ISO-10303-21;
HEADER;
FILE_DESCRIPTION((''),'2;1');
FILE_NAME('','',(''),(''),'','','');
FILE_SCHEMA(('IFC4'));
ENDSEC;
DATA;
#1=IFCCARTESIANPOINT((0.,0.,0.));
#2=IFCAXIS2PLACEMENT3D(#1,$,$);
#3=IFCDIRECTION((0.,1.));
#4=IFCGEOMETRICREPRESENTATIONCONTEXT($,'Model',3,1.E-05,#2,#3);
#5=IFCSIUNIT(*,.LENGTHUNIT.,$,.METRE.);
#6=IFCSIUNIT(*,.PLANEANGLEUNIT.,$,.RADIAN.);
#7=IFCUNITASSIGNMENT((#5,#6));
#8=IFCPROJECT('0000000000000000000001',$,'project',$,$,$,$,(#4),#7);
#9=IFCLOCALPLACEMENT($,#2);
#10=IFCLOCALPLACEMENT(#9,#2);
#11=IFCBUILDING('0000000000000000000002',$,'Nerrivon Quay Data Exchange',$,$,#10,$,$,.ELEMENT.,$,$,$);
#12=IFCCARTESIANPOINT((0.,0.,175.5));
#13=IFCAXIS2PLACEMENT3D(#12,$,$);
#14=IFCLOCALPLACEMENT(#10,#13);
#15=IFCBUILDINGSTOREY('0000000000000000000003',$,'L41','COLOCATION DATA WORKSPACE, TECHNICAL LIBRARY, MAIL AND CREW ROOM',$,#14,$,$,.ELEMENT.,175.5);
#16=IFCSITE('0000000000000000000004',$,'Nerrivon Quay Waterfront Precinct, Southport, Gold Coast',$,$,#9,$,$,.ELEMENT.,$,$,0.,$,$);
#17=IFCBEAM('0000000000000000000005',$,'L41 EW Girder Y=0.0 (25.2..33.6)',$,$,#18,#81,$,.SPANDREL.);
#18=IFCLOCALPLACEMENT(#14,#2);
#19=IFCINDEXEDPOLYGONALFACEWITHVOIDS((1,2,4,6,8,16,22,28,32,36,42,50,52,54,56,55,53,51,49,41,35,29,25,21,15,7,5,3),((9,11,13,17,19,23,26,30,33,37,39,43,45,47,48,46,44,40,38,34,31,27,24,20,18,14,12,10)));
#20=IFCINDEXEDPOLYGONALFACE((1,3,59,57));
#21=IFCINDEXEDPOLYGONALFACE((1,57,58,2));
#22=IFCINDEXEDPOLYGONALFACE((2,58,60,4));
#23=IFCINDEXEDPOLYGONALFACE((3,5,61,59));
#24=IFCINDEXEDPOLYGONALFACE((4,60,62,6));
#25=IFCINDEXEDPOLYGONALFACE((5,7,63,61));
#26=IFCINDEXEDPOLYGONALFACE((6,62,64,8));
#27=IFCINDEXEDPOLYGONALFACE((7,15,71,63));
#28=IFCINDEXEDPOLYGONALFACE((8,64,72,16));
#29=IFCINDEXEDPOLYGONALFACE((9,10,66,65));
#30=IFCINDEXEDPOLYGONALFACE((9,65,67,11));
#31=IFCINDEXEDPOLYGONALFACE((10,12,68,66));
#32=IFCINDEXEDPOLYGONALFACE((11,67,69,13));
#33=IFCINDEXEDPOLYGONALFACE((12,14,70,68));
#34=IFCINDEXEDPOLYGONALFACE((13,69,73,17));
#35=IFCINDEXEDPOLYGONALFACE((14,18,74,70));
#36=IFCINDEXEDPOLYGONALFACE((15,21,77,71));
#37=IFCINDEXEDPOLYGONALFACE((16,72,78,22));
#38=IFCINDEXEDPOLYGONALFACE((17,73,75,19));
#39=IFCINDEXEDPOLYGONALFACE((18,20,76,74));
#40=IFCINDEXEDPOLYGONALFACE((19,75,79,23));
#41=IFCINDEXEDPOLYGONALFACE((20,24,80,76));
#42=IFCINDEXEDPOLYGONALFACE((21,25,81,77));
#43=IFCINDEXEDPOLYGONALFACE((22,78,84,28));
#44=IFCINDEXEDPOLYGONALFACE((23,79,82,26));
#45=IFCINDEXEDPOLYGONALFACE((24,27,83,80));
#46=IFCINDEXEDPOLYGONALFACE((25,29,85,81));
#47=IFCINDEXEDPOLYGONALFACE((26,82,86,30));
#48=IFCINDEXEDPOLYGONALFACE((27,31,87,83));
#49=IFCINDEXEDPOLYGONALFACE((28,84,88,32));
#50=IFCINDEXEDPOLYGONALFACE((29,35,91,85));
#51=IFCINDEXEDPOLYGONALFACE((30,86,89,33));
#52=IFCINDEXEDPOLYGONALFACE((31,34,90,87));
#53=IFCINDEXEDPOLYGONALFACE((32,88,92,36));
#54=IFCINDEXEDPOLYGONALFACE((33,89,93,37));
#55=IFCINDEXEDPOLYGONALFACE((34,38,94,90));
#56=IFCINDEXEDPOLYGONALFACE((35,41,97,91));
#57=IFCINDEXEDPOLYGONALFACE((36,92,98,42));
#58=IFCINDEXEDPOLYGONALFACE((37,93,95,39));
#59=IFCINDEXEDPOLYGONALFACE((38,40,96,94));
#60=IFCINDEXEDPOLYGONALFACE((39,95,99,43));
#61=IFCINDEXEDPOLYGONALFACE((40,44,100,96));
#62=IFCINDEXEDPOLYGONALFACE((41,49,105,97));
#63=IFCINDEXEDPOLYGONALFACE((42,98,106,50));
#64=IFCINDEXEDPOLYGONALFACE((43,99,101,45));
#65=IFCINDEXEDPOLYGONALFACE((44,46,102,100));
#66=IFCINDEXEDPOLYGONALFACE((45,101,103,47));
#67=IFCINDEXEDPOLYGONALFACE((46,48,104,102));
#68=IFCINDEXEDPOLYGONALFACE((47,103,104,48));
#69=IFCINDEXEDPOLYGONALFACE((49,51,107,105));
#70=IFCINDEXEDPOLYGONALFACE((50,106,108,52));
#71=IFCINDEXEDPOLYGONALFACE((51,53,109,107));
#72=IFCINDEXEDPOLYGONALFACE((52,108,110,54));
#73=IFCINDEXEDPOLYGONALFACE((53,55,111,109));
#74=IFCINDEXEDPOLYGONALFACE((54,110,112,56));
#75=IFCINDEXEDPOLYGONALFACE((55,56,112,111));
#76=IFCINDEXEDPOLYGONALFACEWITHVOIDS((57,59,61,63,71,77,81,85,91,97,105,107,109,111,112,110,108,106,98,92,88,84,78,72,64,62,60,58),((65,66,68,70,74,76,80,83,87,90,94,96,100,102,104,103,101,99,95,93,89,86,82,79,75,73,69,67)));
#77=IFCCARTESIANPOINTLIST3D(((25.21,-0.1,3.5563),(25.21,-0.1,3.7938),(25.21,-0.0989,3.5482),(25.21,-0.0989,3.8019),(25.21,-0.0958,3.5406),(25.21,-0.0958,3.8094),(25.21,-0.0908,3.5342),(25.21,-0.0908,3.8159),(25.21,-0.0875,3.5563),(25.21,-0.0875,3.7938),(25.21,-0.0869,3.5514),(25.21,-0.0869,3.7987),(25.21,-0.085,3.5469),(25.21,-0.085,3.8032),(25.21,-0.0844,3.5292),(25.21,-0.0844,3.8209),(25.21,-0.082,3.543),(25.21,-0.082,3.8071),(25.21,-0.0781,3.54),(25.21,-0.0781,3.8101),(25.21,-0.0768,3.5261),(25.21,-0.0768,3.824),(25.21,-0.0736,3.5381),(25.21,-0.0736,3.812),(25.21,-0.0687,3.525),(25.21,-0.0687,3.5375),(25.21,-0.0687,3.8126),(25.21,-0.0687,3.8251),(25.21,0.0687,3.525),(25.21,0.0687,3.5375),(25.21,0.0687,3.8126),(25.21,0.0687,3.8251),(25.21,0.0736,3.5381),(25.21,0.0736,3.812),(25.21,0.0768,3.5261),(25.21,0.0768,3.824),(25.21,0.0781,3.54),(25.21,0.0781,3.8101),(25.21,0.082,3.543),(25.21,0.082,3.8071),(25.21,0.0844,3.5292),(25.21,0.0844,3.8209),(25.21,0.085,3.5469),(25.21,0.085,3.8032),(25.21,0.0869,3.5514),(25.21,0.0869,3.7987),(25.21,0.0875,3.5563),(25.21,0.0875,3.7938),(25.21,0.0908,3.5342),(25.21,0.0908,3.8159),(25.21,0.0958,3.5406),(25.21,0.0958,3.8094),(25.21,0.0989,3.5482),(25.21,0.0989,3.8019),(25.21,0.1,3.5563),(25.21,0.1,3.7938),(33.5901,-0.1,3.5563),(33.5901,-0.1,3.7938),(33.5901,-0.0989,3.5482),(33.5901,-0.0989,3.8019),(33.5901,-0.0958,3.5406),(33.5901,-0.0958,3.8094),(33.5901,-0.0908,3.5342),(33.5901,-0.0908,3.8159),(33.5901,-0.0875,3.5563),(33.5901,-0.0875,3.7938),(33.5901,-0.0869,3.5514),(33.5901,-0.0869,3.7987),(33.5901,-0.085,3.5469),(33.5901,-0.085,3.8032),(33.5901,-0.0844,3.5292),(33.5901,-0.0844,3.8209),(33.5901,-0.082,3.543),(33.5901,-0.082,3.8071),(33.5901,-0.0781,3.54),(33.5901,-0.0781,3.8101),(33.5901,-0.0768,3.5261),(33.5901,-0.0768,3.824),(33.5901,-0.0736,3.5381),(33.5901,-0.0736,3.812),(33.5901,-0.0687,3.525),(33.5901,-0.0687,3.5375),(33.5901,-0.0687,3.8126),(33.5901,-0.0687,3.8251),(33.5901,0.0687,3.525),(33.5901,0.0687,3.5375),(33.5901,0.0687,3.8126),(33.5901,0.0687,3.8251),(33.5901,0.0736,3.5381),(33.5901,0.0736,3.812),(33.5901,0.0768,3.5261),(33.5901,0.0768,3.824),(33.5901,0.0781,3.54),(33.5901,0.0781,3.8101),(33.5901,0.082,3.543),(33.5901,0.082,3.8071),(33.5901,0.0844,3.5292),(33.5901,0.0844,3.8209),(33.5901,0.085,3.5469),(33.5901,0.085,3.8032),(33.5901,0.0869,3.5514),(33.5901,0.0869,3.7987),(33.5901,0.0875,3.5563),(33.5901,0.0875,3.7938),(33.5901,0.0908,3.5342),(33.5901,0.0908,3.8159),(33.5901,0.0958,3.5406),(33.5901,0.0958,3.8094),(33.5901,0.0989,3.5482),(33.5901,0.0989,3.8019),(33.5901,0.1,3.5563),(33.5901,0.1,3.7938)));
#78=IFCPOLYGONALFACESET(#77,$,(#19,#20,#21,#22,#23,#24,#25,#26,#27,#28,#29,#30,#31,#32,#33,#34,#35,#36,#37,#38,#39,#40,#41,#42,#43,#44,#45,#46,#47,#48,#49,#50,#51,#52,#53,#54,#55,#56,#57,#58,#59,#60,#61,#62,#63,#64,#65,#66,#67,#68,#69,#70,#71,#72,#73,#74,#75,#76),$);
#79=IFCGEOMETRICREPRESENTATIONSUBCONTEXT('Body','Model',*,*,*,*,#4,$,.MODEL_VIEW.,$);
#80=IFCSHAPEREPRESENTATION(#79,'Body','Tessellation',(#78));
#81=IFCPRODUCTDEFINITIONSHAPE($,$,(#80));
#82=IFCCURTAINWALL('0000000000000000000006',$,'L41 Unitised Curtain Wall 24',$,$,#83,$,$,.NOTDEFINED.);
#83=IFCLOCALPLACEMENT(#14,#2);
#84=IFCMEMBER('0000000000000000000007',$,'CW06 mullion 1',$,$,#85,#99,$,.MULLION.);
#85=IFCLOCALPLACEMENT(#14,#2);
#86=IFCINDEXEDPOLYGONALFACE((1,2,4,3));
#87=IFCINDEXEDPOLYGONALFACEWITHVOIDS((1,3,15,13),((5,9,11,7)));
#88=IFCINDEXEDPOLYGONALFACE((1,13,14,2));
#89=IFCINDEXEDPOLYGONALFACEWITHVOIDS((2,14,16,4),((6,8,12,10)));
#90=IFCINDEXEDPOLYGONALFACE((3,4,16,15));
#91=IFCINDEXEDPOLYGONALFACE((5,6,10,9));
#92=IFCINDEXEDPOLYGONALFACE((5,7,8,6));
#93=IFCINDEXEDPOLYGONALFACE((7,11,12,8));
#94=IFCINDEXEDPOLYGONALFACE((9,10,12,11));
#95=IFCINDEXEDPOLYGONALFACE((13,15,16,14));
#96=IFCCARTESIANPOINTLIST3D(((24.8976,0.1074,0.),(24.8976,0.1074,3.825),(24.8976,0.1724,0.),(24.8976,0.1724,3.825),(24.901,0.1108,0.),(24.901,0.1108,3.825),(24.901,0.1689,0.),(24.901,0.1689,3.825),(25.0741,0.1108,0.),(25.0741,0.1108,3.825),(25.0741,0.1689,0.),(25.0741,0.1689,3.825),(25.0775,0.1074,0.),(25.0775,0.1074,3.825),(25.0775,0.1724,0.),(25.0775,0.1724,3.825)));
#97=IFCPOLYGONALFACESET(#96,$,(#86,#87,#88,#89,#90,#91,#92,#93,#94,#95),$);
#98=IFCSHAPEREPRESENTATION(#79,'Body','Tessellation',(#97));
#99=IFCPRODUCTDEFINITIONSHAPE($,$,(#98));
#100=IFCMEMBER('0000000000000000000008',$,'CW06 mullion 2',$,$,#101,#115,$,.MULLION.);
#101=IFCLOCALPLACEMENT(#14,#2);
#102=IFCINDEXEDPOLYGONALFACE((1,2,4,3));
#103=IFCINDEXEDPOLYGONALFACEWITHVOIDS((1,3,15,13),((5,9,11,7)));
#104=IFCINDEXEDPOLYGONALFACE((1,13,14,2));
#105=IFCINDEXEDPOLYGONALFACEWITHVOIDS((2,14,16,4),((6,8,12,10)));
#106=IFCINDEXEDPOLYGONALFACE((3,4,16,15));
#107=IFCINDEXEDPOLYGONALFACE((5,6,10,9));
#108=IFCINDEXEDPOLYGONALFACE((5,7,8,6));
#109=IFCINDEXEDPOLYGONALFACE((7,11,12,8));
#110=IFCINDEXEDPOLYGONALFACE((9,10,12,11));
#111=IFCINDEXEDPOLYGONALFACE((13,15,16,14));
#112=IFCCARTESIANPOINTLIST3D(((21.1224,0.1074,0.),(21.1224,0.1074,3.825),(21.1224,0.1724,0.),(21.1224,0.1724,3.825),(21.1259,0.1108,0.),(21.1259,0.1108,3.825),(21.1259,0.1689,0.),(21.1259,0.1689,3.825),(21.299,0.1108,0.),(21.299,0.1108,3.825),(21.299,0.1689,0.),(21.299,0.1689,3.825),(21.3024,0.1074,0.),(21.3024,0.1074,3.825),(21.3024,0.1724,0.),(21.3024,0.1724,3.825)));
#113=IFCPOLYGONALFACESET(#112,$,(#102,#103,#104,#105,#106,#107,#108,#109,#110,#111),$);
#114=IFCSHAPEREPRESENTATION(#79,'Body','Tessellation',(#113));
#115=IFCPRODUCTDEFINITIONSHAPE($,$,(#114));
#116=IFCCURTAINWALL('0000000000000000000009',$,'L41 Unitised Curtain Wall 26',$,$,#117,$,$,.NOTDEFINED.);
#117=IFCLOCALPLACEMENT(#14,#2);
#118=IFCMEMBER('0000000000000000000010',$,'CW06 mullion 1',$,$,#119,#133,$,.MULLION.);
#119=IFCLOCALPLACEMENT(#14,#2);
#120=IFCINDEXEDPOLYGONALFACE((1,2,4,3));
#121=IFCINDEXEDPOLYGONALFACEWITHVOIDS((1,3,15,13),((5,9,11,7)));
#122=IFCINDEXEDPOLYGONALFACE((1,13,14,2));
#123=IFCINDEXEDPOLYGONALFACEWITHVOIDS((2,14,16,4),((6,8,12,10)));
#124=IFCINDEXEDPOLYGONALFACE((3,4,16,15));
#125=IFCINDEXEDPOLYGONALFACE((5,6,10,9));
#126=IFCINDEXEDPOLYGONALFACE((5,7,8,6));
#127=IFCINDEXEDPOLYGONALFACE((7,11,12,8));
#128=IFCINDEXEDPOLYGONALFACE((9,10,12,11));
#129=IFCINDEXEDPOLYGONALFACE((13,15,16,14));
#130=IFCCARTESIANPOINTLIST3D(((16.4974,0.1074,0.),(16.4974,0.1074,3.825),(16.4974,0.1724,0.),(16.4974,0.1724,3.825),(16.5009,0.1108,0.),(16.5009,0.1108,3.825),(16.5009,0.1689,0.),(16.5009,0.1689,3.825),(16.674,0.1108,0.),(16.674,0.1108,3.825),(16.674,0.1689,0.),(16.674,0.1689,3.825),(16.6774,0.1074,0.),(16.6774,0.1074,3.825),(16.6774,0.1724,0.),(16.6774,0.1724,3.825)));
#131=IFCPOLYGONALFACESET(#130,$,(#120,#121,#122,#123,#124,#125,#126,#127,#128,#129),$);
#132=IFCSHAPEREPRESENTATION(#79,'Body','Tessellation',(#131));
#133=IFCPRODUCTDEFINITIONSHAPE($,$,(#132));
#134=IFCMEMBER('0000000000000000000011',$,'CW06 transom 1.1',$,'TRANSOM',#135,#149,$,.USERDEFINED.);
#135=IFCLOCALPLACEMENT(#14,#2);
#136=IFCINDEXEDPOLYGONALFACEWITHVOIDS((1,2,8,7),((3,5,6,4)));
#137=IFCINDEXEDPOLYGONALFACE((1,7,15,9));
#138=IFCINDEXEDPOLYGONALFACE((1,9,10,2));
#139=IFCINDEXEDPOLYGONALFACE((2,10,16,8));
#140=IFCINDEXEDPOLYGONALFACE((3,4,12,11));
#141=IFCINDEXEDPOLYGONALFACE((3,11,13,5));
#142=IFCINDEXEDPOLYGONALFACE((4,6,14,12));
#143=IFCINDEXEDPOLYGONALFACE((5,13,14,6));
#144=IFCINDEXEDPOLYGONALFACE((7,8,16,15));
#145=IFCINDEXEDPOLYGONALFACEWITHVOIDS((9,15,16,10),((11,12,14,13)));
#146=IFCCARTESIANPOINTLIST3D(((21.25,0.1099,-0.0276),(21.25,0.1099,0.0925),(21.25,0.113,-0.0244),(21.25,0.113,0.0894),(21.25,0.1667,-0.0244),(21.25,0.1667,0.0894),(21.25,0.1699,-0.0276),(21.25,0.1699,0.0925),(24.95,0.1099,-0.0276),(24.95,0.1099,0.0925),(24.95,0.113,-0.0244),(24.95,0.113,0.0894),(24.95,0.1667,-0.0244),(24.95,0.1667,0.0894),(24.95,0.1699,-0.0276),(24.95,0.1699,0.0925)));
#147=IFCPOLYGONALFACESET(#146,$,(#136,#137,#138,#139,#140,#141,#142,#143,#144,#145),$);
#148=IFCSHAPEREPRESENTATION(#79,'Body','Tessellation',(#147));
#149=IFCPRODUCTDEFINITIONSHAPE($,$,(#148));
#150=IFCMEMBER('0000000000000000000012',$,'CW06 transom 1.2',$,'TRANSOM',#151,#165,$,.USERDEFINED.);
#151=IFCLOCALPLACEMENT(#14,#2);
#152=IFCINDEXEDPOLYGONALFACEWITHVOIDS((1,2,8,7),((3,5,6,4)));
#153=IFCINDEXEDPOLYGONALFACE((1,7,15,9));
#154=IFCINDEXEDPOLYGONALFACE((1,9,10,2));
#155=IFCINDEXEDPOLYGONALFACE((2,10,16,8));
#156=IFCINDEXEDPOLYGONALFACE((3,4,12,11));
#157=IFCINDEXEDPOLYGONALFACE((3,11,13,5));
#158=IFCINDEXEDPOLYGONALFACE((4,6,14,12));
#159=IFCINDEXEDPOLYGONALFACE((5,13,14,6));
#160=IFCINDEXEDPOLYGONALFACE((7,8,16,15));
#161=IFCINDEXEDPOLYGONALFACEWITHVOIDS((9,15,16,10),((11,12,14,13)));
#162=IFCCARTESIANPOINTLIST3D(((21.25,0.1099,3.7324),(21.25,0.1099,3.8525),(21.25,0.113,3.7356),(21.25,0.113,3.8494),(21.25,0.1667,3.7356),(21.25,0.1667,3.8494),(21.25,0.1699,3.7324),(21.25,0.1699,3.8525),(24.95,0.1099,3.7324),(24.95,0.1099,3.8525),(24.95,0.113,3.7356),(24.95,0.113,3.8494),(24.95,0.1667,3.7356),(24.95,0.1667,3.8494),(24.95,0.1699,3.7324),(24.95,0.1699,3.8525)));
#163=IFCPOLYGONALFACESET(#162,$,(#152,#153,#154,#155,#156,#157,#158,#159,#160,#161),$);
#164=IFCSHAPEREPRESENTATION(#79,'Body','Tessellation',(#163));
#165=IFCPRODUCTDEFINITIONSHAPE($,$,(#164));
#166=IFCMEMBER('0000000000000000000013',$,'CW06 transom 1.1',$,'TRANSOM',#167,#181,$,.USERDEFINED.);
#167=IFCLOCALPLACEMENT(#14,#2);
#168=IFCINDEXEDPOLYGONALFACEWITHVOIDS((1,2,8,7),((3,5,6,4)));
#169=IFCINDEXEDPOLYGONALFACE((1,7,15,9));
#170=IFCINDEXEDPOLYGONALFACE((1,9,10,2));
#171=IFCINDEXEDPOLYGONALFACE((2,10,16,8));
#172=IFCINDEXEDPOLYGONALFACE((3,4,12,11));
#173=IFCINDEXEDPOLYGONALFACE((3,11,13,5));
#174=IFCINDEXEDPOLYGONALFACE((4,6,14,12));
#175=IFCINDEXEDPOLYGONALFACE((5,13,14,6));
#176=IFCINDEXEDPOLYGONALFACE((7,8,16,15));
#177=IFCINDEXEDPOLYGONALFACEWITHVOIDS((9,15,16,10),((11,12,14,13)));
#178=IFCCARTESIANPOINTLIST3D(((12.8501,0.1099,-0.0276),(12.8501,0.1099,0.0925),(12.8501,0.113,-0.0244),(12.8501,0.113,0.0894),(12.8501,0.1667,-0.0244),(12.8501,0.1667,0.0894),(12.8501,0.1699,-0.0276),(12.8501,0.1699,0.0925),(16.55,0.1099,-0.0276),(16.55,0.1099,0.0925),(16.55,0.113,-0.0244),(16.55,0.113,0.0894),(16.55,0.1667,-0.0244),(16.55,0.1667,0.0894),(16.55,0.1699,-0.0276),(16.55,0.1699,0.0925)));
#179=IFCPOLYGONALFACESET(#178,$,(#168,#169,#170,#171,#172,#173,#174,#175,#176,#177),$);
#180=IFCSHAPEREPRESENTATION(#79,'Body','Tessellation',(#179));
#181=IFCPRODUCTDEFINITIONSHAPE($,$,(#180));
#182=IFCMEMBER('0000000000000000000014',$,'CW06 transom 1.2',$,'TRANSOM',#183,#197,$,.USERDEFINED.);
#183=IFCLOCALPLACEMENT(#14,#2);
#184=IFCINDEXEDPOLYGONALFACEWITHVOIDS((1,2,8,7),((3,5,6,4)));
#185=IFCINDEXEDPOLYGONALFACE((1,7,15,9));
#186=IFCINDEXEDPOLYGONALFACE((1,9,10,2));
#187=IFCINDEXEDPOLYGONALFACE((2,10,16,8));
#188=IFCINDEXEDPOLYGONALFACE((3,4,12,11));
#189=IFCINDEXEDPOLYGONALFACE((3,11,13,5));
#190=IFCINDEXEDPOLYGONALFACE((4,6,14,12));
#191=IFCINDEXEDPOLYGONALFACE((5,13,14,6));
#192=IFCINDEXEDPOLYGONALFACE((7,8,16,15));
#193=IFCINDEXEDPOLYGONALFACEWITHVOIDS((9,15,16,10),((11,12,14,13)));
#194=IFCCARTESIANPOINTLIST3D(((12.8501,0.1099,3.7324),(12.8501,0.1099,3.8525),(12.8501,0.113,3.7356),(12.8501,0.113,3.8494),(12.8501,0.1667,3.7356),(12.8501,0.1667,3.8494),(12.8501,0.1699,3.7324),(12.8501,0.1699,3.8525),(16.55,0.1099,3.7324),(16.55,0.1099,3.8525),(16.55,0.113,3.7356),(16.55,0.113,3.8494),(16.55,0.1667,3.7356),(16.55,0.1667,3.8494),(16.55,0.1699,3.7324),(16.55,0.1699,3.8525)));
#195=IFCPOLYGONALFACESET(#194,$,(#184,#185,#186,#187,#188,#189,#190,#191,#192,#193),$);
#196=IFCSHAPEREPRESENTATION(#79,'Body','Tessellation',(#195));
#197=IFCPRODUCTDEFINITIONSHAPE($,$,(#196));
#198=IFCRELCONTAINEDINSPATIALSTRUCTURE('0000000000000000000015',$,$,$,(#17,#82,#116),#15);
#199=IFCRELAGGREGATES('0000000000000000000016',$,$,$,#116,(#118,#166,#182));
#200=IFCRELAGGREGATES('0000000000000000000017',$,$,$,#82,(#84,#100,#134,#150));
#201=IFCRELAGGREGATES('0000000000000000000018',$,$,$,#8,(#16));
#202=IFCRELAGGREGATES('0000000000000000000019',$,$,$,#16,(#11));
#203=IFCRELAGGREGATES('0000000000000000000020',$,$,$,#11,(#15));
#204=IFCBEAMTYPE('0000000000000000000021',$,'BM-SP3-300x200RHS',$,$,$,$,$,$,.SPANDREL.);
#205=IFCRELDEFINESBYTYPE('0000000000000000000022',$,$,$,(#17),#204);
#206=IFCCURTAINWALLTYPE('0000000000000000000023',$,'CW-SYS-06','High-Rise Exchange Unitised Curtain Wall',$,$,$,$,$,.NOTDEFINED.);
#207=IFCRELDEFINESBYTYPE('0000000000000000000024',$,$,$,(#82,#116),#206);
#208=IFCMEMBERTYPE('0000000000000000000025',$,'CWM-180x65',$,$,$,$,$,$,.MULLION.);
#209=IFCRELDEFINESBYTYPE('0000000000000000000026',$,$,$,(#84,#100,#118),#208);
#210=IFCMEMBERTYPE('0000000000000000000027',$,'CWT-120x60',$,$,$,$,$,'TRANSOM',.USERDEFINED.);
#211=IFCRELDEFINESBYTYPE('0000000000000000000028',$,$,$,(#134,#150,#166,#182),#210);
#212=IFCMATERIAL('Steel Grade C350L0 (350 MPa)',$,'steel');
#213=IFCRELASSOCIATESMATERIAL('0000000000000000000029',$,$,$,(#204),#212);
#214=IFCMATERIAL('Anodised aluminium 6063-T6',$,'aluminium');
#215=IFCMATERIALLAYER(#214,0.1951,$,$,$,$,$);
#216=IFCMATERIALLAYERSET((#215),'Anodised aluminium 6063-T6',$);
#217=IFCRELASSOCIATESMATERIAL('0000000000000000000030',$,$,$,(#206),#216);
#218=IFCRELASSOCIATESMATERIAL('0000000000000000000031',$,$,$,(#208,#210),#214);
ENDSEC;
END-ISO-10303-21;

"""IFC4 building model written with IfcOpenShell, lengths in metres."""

from ifc_helpers import new_model, si_unit, direction, frame, origin, origin_2d, place, context, subcontext, project, spatial, hollow_rectangle, extrude, material, layer, layer_set, material_profile, profile_set, type_object, element, aggregate, save


model = new_model("IFC4")

# Units and contexts
model_context = context("Model", 3, precision=1e-05, world=origin(), true_north=direction((0.0, 1.0)))
body_context = subcontext(model_context, "Body", "Model", "MODEL_VIEW")
ifc_project = project(units=[si_unit("LENGTHUNIT", "METRE"), si_unit("PLANEANGLEUNIT", "RADIAN")], contexts=[model_context])

# Site, building, storey
site_placement = place(None, origin())
site = spatial("IfcSite", under=ifc_project, at=site_placement, Name="Nerrivon Quay Waterfront Precinct, Southport, Gold Coast", CompositionType="ELEMENT", RefElevation=0.0)
building_placement = place(site_placement, origin())
building = spatial("IfcBuilding", under=site, at=building_placement, Name="Nerrivon Quay Data Exchange", CompositionType="ELEMENT")
storey_placement = place(building_placement, frame((0.0, 0.0, 175.5)))
storey = spatial("IfcBuildingStorey", under=building, at=storey_placement, Name="L41", Description="COLOCATION DATA WORKSPACE, TECHNICAL LIBRARY, MAIL AND CREW ROOM", CompositionType="ELEMENT", Elevation=175.5)

# Beam
ifc_material_1 = material(Name="Steel Grade C350L0 (350 MPa)", Category="steel")
ifc_material_profile_1 = material_profile(ifc_material_1, hollow_rectangle(XDim=0.2, YDim=0.3, WallThickness=0.0125, InnerFilletRadius=0.0188, OuterFilletRadius=0.0312, at=origin_2d()), Name="300x200x12.5RHS")
ifc_profile_set_1 = profile_set([ifc_material_profile_1], Name="Steel Grade C350L0 (350 MPa)")
beam_type_1 = type_object("IfcBeamType", Name="BM-SP3-300x200RHS", PredefinedType="SPANDREL", material=ifc_profile_set_1)
beam_1_placement = place(storey_placement, frame((25.21, 0.0, 3.675), z_axis=(1.0, 0.0, 0.0), x_axis=(0.0, 1.0, 0.0)))
element("IfcBeam", 1, at=beam_1_placement, inside=storey, type_object=beam_type_1, Name="L41 EW Girder Y=0.0 (25.2..33.6)", PredefinedType="SPANDREL", context=body_context, shape_type="SweptSolid", body=[
    extrude(hollow_rectangle(XDim=0.2, YDim=0.3, WallThickness=0.0125, InnerFilletRadius=0.0188, OuterFilletRadius=0.0312, at=origin_2d()), origin(), (0.0, 0.0, 1.0), 8.3801),
])

# Curtain wall, members
ifc_material_2 = material(Name="Anodised aluminium 6063-T6", Category="aluminium")
ifc_layer_1 = layer(ifc_material_2, 0.1951)
ifc_layer_set_1 = layer_set([ifc_layer_1], Name="Anodised aluminium 6063-T6")
curtain_wall_type = type_object("IfcCurtainWallType", Name="CW-SYS-06", Description="High-Rise Exchange Unitised Curtain Wall", PredefinedType="NOTDEFINED", material=ifc_layer_set_1)
curtain_wall_1_placement = place(storey_placement, origin())
curtain_wall_1 = element("IfcCurtainWall", 2, at=curtain_wall_1_placement, inside=storey, type_object=curtain_wall_type, Name="L41 Unitised Curtain Wall 24", PredefinedType="NOTDEFINED")
ifc_material_profile_2 = material_profile(ifc_material_2, hollow_rectangle(XDim=0.0649, YDim=0.1799, WallThickness=0.0034, at=origin_2d()), Name="ALU-MULL-180x65")
ifc_profile_set_2 = profile_set([ifc_material_profile_2], Name="Anodised aluminium 6063-T6")
member_type_1 = type_object("IfcMemberType", Name="CWM-180x65", PredefinedType="MULLION", material=ifc_profile_set_2)
member_1_placement = place(storey_placement, frame((24.9875, 0.1399, 0.0), z_axis=(0.0, 0.0, 1.0), x_axis=(0.0, -1.0, 0.0)))
member_1 = element("IfcMember", 3, at=member_1_placement, type_object=member_type_1, Name="CW06 mullion 1", PredefinedType="MULLION", context=body_context, shape_type="SweptSolid", body=[
    extrude(hollow_rectangle(XDim=0.0649, YDim=0.1799, WallThickness=0.0034, at=origin_2d()), origin(), (0.0, 0.0, 1.0), 3.825),
])
member_2_placement = place(storey_placement, frame((21.2124, 0.1399, 0.0), z_axis=(0.0, 0.0, 1.0), x_axis=(0.0, -1.0, 0.0)))
member_2 = element("IfcMember", 4, at=member_2_placement, type_object=member_type_1, Name="CW06 mullion 2", PredefinedType="MULLION", context=body_context, shape_type="SweptSolid", body=[
    extrude(hollow_rectangle(XDim=0.0649, YDim=0.1799, WallThickness=0.0034, at=origin_2d()), origin(), (0.0, 0.0, 1.0), 3.825),
])

# Curtain wall, member
curtain_wall_2_placement = place(storey_placement, origin())
curtain_wall_2 = element("IfcCurtainWall", 5, at=curtain_wall_2_placement, inside=storey, type_object=curtain_wall_type, Name="L41 Unitised Curtain Wall 26", PredefinedType="NOTDEFINED")
member_3_placement = place(storey_placement, frame((16.5874, 0.1399, 0.0), z_axis=(0.0, 0.0, 1.0), x_axis=(0.0, -1.0, 0.0)))
member_3 = element("IfcMember", 6, at=member_3_placement, type_object=member_type_1, Name="CW06 mullion 1", PredefinedType="MULLION", context=body_context, shape_type="SweptSolid", body=[
    extrude(hollow_rectangle(XDim=0.0649, YDim=0.1799, WallThickness=0.0034, at=origin_2d()), origin(), (0.0, 0.0, 1.0), 3.825),
])

# Members
ifc_material_profile_3 = material_profile(ifc_material_2, hollow_rectangle(XDim=0.0601, YDim=0.1201, WallThickness=0.0032, at=origin_2d()), Name="ALU-TRAN-120x60")
ifc_profile_set_3 = profile_set([ifc_material_profile_3], Name="Anodised aluminium 6063-T6")
member_type_2 = type_object("IfcMemberType", Name="CWT-120x60", ElementType="TRANSOM", PredefinedType="USERDEFINED", material=ifc_profile_set_3)
member_4_placement = place(storey_placement, frame((24.95, 0.1399, 0.0325), z_axis=(-1.0, 0.0, 0.0), x_axis=(0.0, -1.0, 0.0)))
member_4 = element("IfcMember", 7, at=member_4_placement, type_object=member_type_2, Name="CW06 transom 1.1", ObjectType="TRANSOM", PredefinedType="USERDEFINED", context=body_context, shape_type="SweptSolid", body=[
    extrude(hollow_rectangle(XDim=0.0601, YDim=0.1201, WallThickness=0.0032, at=origin_2d()), origin(), (0.0, 0.0, 1.0), 3.7),
])
member_5_placement = place(storey_placement, frame((24.95, 0.1399, 3.7925), z_axis=(-1.0, 0.0, 0.0), x_axis=(0.0, -1.0, 0.0)))
member_5 = element("IfcMember", 8, at=member_5_placement, type_object=member_type_2, Name="CW06 transom 1.2", ObjectType="TRANSOM", PredefinedType="USERDEFINED", context=body_context, shape_type="SweptSolid", body=[
    extrude(hollow_rectangle(XDim=0.0601, YDim=0.1201, WallThickness=0.0032, at=origin_2d()), origin(), (0.0, 0.0, 1.0), 3.7),
])
member_6_placement = place(storey_placement, frame((16.55, 0.1399, 0.0325), z_axis=(-1.0, 0.0, 0.0), x_axis=(0.0, -1.0, 0.0)))
member_6 = element("IfcMember", 9, at=member_6_placement, type_object=member_type_2, Name="CW06 transom 1.1", ObjectType="TRANSOM", PredefinedType="USERDEFINED", context=body_context, shape_type="SweptSolid", body=[
    extrude(hollow_rectangle(XDim=0.0601, YDim=0.1201, WallThickness=0.0032, at=origin_2d()), origin(), (0.0, 0.0, 1.0), 3.7),
])
member_7_placement = place(storey_placement, frame((16.55, 0.1399, 3.7925), z_axis=(-1.0, 0.0, 0.0), x_axis=(0.0, -1.0, 0.0)))
member_7 = element("IfcMember", 10, at=member_7_placement, type_object=member_type_2, Name="CW06 transom 1.2", ObjectType="TRANSOM", PredefinedType="USERDEFINED", context=body_context, shape_type="SweptSolid", body=[
    extrude(hollow_rectangle(XDim=0.0601, YDim=0.1201, WallThickness=0.0032, at=origin_2d()), origin(), (0.0, 0.0, 1.0), 3.7),
])
aggregate(curtain_wall_2, [member_3, member_6, member_7])

aggregate(curtain_wall_1, [member_1, member_2, member_4, member_5])

save(model, "model.ifc")
